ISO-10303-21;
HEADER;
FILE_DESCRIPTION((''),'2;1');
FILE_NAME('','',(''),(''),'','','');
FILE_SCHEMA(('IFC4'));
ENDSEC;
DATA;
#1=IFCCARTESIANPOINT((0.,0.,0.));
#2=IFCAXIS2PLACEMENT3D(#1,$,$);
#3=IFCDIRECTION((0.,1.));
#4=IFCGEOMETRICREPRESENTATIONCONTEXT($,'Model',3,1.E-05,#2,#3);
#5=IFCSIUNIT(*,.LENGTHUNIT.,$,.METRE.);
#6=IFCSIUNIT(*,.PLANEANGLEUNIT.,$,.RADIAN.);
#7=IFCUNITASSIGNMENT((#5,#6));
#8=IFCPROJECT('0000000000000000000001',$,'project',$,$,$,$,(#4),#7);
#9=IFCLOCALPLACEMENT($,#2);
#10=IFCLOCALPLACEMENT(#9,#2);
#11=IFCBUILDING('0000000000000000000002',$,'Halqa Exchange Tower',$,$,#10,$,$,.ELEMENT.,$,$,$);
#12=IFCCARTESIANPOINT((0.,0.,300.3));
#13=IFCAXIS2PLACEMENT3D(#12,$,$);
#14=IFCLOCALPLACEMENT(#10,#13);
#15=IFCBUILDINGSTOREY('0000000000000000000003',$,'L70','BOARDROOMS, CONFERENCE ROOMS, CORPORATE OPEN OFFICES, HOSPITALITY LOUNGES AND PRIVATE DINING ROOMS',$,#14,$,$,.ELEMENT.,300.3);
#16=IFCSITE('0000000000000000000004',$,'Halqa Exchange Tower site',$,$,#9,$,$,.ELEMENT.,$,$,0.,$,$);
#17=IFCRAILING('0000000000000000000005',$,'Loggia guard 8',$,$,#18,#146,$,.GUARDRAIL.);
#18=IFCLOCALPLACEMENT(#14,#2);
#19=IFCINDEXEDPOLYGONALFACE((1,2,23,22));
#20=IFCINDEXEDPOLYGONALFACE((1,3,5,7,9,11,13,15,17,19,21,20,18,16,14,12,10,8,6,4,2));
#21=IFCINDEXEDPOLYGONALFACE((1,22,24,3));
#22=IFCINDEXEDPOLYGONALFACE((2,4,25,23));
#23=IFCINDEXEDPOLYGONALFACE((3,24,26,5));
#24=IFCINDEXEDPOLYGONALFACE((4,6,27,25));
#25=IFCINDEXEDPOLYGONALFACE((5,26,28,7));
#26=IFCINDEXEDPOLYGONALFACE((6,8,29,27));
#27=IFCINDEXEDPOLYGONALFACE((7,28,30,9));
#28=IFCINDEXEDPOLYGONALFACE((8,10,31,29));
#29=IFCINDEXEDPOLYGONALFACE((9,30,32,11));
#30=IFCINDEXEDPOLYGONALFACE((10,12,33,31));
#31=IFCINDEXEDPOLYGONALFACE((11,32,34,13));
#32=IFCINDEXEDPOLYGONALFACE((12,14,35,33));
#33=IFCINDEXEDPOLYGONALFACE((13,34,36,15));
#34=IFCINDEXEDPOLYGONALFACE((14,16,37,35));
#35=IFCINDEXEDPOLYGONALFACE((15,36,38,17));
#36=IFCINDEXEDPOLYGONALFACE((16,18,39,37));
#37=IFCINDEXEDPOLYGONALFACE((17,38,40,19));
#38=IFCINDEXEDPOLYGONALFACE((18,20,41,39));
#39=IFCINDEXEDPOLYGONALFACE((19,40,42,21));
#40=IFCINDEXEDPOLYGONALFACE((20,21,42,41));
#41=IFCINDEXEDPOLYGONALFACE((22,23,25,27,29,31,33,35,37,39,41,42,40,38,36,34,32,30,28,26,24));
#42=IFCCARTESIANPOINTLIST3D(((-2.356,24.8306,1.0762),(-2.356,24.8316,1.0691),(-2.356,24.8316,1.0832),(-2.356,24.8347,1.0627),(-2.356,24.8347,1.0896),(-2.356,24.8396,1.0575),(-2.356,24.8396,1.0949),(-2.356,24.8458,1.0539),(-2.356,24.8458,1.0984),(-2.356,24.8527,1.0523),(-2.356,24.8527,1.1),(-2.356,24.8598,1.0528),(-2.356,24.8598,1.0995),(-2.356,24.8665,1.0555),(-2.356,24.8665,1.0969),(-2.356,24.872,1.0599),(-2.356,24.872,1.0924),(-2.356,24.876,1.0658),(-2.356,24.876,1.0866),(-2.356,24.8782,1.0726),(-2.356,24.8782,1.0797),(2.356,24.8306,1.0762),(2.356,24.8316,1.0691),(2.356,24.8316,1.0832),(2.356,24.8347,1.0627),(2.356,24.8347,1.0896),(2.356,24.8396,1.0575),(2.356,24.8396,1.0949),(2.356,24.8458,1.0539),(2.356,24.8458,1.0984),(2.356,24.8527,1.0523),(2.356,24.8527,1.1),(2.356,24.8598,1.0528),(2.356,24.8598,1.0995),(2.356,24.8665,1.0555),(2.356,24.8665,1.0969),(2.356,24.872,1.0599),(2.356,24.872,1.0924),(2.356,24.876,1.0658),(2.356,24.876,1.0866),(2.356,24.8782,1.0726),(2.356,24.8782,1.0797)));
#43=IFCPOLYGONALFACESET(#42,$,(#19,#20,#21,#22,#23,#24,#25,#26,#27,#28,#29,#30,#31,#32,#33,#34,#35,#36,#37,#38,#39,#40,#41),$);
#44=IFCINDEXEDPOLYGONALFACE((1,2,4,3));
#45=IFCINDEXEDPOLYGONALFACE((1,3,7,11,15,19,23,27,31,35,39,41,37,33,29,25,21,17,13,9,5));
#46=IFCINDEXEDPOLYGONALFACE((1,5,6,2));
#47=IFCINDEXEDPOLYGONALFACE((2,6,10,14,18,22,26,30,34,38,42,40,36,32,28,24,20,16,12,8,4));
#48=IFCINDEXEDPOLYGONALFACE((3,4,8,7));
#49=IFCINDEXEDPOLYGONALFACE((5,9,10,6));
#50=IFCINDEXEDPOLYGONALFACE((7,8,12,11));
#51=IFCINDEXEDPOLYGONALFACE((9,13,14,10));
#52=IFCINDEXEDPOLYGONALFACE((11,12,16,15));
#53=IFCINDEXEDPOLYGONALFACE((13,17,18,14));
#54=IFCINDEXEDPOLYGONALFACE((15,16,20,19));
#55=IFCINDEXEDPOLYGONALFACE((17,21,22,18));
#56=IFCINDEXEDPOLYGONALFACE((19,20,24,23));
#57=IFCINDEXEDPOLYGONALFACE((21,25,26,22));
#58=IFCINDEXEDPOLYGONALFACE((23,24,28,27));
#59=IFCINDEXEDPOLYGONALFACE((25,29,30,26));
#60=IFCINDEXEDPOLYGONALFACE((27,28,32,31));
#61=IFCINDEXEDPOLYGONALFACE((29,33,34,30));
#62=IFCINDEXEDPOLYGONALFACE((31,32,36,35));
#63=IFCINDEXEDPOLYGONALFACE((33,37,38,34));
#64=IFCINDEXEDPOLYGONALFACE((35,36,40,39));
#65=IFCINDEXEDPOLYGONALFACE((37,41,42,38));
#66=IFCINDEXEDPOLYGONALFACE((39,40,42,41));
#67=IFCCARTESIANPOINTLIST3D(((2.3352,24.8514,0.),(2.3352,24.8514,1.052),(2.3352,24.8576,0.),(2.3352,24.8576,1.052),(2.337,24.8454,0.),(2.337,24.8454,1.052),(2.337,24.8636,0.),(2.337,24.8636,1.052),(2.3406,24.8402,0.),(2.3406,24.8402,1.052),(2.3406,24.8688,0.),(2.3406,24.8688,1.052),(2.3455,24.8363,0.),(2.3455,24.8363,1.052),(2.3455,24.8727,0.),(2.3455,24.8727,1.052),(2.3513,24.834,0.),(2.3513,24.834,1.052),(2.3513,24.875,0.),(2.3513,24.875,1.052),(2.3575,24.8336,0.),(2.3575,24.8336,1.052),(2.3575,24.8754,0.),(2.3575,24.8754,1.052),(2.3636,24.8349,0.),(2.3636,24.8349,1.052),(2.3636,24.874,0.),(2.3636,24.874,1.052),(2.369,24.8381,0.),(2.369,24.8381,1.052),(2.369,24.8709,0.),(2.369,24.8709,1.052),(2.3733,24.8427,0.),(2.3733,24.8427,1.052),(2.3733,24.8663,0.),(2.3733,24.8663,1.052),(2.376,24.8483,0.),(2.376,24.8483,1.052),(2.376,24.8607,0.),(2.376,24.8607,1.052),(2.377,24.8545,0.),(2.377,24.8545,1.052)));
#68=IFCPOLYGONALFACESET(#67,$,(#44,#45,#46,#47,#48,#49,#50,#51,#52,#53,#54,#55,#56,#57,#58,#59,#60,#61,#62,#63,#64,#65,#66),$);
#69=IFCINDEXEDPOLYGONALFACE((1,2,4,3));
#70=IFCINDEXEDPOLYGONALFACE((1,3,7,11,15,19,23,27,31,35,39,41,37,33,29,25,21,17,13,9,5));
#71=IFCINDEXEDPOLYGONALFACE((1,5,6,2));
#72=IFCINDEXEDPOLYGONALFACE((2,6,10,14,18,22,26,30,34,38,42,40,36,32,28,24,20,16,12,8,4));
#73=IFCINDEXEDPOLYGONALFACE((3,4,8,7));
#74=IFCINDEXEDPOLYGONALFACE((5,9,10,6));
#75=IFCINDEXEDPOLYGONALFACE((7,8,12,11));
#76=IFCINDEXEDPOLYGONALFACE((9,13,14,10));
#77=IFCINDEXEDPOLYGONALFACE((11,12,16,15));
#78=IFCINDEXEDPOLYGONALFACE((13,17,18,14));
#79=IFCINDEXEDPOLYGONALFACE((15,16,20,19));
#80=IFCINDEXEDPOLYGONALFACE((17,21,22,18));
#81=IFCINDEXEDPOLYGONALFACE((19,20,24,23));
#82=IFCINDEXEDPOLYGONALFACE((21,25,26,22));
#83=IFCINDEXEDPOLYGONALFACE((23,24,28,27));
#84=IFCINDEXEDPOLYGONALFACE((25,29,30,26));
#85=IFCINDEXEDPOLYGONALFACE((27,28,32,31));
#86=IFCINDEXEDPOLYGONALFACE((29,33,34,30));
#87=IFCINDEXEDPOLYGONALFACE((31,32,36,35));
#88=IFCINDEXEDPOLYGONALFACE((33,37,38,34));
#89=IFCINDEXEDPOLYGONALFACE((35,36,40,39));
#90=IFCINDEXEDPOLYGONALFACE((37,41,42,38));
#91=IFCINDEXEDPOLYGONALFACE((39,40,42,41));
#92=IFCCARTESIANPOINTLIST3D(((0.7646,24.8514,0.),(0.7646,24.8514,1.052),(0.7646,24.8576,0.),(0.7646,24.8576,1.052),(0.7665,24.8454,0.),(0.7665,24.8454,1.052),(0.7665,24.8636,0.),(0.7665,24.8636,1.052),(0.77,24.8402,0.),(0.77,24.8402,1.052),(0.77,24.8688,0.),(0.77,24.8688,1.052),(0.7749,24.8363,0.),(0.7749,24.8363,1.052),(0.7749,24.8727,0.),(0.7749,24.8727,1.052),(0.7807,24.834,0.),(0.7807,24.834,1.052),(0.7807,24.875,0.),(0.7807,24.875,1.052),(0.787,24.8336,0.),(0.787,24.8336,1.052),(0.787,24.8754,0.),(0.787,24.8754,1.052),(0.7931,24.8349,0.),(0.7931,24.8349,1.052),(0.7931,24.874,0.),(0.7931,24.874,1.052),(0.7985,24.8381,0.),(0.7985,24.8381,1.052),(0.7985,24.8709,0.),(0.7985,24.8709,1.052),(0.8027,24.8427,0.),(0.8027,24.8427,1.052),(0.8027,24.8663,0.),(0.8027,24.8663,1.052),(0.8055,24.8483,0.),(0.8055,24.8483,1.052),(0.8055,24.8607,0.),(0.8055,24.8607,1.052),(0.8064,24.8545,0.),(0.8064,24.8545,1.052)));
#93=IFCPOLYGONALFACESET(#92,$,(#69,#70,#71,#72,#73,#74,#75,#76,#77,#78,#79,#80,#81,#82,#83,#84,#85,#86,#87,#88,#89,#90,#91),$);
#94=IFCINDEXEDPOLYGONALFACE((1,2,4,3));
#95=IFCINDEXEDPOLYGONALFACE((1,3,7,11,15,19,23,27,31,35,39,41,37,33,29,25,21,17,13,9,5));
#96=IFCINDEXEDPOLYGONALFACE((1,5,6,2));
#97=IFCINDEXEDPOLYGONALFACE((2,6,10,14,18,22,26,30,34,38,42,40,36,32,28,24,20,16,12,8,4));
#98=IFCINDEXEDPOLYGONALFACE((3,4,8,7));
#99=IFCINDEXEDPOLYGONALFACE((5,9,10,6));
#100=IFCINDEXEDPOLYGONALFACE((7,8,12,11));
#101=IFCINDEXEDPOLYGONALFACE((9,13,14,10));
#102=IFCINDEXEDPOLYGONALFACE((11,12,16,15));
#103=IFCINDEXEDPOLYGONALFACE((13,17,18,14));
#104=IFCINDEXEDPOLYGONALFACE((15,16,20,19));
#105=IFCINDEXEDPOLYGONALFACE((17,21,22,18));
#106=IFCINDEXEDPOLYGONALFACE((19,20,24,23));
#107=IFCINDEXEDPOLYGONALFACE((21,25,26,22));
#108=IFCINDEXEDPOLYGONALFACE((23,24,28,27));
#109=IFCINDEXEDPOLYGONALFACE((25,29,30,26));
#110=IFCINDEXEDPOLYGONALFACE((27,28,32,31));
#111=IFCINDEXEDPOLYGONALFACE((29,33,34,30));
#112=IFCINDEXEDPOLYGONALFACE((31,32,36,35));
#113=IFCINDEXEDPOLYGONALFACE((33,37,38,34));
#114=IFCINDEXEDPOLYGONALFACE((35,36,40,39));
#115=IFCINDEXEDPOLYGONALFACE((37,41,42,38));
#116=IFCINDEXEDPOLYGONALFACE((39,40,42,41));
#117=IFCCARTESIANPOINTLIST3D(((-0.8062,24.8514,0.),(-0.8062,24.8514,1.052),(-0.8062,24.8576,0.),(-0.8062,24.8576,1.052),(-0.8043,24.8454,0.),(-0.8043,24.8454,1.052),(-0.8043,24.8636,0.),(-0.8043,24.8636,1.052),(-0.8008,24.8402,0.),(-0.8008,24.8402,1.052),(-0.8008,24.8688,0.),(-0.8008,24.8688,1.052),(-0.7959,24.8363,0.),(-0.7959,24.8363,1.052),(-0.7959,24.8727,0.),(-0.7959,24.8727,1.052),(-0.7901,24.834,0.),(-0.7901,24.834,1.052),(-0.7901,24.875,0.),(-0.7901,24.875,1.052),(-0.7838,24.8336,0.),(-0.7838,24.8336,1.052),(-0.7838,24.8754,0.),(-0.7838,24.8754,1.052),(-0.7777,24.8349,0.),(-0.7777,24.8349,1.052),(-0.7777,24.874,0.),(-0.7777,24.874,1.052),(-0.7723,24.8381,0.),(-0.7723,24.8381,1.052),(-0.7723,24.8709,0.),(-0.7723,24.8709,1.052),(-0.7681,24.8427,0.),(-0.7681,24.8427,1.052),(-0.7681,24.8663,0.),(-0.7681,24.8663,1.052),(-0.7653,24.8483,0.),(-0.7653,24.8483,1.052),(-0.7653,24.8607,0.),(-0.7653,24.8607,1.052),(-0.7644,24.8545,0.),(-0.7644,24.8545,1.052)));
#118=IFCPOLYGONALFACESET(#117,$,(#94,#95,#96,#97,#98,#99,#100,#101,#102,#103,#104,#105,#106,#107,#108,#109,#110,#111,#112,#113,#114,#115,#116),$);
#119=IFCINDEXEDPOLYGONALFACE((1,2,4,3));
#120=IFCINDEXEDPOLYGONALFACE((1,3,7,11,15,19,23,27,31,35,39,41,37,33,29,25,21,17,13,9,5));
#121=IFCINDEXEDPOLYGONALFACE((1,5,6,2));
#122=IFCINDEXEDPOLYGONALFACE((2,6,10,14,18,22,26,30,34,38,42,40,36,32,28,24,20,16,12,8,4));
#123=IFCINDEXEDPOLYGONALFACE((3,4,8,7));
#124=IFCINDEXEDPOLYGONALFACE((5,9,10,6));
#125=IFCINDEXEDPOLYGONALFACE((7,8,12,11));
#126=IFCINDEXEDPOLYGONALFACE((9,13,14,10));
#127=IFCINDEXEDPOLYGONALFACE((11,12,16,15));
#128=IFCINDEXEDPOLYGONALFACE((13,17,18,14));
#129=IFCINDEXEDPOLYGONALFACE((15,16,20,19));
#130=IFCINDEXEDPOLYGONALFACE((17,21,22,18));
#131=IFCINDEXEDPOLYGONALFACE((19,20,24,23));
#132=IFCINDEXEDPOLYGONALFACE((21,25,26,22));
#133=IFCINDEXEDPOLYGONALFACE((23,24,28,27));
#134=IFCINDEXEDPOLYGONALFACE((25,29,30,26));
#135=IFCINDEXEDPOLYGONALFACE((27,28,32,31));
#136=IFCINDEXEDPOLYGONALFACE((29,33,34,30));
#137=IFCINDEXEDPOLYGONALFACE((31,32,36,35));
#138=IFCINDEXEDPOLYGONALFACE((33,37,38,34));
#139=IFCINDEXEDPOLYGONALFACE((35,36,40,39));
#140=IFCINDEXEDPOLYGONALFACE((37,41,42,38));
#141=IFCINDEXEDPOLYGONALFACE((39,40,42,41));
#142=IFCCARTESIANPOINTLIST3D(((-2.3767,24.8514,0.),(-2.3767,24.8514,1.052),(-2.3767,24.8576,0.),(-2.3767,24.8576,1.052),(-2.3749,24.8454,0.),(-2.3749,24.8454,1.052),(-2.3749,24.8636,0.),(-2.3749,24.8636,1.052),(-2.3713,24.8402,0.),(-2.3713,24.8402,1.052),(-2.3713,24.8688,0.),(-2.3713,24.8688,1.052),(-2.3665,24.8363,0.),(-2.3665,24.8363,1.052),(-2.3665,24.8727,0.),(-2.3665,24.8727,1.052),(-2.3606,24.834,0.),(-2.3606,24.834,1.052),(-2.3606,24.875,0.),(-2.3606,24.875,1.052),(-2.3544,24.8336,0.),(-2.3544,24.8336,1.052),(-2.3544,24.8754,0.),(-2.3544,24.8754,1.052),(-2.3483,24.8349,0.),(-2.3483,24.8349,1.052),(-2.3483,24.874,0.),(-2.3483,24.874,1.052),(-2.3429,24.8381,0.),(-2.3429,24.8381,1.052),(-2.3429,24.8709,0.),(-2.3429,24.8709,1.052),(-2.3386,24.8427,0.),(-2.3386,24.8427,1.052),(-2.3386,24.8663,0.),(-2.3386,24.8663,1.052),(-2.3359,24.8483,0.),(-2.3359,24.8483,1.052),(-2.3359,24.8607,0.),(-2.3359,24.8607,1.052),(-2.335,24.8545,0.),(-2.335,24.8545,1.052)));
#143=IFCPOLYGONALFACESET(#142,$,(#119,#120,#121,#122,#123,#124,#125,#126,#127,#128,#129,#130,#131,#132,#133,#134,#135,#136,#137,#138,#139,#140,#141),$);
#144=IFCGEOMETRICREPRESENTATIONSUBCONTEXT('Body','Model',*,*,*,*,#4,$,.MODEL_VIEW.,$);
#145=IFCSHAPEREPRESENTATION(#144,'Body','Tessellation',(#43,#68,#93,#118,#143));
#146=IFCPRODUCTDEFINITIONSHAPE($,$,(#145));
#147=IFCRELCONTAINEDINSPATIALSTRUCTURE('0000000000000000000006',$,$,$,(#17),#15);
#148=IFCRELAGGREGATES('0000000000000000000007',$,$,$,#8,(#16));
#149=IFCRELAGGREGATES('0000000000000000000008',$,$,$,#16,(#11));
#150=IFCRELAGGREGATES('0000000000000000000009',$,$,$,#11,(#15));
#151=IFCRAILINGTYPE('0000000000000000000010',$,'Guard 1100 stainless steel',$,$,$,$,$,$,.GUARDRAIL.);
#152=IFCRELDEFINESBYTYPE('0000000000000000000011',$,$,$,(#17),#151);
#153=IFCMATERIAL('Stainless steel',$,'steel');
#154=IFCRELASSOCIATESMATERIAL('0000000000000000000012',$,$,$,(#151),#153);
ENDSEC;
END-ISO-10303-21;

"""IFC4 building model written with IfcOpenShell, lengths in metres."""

from ifc_helpers import new_model, si_unit, direction, frame, origin, origin_2d, place, context, subcontext, project, spatial, circle, extrude, material, type_object, element, save


model = new_model("IFC4")

# Units and contexts
model_context = context("Model", 3, precision=1e-05, world=origin(), true_north=direction((0.0, 1.0)))
body_context = subcontext(model_context, "Body", "Model", "MODEL_VIEW")
ifc_project = project(units=[si_unit("LENGTHUNIT", "METRE"), si_unit("PLANEANGLEUNIT", "RADIAN")], contexts=[model_context])

# Site, building, storey
site_placement = place(None, origin())
site = spatial("IfcSite", under=ifc_project, at=site_placement, Name="Halqa Exchange Tower site", CompositionType="ELEMENT", RefElevation=0.0)
building_placement = place(site_placement, origin())
building = spatial("IfcBuilding", under=site, at=building_placement, Name="Halqa Exchange Tower", CompositionType="ELEMENT")
storey_placement = place(building_placement, frame((0.0, 0.0, 300.3)))
storey = spatial("IfcBuildingStorey", under=building, at=storey_placement, Name="L70", Description="BOARDROOMS, CONFERENCE ROOMS, CORPORATE OPEN OFFICES, HOSPITALITY LOUNGES AND PRIVATE DINING ROOMS", CompositionType="ELEMENT", Elevation=300.3)

# Railing
ifc_material_1 = material(Name="Stainless steel", Category="steel")
railing_type_1 = type_object("IfcRailingType", Name="Guard 1100 stainless steel", PredefinedType="GUARDRAIL", material=ifc_material_1)
railing_1_placement = place(storey_placement, frame((2.356, 24.8545, 0.0)))
element("IfcRailing", 1, at=railing_1_placement, inside=storey, type_object=railing_type_1, Name="Loggia guard 8", PredefinedType="GUARDRAIL", context=body_context, shape_type="SweptSolid", body=[
    extrude(circle(Radius=0.0239, at=origin_2d()), frame((0.0, 0.0, 1.0762), z_axis=(-1.0, 0.0, 0.0), x_axis=(0.0, -1.0, 0.0)), (0.0, 0.0, 1.0), 4.7119),
    extrude(circle(Radius=0.021, at=origin_2d()), origin(), (0.0, 0.0, 1.0), 1.052),
    extrude(circle(Radius=0.021, at=origin_2d()), frame((-1.5706, 0.0, 0.0)), (0.0, 0.0, 1.0), 1.052),
    extrude(circle(Radius=0.021, at=origin_2d()), frame((-3.1414, 0.0, 0.0)), (0.0, 0.0, 1.0), 1.052),
    extrude(circle(Radius=0.021, at=origin_2d()), frame((-4.7119, 0.0, 0.0)), (0.0, 0.0, 1.0), 1.052),
])

save(model, "model.ifc")
